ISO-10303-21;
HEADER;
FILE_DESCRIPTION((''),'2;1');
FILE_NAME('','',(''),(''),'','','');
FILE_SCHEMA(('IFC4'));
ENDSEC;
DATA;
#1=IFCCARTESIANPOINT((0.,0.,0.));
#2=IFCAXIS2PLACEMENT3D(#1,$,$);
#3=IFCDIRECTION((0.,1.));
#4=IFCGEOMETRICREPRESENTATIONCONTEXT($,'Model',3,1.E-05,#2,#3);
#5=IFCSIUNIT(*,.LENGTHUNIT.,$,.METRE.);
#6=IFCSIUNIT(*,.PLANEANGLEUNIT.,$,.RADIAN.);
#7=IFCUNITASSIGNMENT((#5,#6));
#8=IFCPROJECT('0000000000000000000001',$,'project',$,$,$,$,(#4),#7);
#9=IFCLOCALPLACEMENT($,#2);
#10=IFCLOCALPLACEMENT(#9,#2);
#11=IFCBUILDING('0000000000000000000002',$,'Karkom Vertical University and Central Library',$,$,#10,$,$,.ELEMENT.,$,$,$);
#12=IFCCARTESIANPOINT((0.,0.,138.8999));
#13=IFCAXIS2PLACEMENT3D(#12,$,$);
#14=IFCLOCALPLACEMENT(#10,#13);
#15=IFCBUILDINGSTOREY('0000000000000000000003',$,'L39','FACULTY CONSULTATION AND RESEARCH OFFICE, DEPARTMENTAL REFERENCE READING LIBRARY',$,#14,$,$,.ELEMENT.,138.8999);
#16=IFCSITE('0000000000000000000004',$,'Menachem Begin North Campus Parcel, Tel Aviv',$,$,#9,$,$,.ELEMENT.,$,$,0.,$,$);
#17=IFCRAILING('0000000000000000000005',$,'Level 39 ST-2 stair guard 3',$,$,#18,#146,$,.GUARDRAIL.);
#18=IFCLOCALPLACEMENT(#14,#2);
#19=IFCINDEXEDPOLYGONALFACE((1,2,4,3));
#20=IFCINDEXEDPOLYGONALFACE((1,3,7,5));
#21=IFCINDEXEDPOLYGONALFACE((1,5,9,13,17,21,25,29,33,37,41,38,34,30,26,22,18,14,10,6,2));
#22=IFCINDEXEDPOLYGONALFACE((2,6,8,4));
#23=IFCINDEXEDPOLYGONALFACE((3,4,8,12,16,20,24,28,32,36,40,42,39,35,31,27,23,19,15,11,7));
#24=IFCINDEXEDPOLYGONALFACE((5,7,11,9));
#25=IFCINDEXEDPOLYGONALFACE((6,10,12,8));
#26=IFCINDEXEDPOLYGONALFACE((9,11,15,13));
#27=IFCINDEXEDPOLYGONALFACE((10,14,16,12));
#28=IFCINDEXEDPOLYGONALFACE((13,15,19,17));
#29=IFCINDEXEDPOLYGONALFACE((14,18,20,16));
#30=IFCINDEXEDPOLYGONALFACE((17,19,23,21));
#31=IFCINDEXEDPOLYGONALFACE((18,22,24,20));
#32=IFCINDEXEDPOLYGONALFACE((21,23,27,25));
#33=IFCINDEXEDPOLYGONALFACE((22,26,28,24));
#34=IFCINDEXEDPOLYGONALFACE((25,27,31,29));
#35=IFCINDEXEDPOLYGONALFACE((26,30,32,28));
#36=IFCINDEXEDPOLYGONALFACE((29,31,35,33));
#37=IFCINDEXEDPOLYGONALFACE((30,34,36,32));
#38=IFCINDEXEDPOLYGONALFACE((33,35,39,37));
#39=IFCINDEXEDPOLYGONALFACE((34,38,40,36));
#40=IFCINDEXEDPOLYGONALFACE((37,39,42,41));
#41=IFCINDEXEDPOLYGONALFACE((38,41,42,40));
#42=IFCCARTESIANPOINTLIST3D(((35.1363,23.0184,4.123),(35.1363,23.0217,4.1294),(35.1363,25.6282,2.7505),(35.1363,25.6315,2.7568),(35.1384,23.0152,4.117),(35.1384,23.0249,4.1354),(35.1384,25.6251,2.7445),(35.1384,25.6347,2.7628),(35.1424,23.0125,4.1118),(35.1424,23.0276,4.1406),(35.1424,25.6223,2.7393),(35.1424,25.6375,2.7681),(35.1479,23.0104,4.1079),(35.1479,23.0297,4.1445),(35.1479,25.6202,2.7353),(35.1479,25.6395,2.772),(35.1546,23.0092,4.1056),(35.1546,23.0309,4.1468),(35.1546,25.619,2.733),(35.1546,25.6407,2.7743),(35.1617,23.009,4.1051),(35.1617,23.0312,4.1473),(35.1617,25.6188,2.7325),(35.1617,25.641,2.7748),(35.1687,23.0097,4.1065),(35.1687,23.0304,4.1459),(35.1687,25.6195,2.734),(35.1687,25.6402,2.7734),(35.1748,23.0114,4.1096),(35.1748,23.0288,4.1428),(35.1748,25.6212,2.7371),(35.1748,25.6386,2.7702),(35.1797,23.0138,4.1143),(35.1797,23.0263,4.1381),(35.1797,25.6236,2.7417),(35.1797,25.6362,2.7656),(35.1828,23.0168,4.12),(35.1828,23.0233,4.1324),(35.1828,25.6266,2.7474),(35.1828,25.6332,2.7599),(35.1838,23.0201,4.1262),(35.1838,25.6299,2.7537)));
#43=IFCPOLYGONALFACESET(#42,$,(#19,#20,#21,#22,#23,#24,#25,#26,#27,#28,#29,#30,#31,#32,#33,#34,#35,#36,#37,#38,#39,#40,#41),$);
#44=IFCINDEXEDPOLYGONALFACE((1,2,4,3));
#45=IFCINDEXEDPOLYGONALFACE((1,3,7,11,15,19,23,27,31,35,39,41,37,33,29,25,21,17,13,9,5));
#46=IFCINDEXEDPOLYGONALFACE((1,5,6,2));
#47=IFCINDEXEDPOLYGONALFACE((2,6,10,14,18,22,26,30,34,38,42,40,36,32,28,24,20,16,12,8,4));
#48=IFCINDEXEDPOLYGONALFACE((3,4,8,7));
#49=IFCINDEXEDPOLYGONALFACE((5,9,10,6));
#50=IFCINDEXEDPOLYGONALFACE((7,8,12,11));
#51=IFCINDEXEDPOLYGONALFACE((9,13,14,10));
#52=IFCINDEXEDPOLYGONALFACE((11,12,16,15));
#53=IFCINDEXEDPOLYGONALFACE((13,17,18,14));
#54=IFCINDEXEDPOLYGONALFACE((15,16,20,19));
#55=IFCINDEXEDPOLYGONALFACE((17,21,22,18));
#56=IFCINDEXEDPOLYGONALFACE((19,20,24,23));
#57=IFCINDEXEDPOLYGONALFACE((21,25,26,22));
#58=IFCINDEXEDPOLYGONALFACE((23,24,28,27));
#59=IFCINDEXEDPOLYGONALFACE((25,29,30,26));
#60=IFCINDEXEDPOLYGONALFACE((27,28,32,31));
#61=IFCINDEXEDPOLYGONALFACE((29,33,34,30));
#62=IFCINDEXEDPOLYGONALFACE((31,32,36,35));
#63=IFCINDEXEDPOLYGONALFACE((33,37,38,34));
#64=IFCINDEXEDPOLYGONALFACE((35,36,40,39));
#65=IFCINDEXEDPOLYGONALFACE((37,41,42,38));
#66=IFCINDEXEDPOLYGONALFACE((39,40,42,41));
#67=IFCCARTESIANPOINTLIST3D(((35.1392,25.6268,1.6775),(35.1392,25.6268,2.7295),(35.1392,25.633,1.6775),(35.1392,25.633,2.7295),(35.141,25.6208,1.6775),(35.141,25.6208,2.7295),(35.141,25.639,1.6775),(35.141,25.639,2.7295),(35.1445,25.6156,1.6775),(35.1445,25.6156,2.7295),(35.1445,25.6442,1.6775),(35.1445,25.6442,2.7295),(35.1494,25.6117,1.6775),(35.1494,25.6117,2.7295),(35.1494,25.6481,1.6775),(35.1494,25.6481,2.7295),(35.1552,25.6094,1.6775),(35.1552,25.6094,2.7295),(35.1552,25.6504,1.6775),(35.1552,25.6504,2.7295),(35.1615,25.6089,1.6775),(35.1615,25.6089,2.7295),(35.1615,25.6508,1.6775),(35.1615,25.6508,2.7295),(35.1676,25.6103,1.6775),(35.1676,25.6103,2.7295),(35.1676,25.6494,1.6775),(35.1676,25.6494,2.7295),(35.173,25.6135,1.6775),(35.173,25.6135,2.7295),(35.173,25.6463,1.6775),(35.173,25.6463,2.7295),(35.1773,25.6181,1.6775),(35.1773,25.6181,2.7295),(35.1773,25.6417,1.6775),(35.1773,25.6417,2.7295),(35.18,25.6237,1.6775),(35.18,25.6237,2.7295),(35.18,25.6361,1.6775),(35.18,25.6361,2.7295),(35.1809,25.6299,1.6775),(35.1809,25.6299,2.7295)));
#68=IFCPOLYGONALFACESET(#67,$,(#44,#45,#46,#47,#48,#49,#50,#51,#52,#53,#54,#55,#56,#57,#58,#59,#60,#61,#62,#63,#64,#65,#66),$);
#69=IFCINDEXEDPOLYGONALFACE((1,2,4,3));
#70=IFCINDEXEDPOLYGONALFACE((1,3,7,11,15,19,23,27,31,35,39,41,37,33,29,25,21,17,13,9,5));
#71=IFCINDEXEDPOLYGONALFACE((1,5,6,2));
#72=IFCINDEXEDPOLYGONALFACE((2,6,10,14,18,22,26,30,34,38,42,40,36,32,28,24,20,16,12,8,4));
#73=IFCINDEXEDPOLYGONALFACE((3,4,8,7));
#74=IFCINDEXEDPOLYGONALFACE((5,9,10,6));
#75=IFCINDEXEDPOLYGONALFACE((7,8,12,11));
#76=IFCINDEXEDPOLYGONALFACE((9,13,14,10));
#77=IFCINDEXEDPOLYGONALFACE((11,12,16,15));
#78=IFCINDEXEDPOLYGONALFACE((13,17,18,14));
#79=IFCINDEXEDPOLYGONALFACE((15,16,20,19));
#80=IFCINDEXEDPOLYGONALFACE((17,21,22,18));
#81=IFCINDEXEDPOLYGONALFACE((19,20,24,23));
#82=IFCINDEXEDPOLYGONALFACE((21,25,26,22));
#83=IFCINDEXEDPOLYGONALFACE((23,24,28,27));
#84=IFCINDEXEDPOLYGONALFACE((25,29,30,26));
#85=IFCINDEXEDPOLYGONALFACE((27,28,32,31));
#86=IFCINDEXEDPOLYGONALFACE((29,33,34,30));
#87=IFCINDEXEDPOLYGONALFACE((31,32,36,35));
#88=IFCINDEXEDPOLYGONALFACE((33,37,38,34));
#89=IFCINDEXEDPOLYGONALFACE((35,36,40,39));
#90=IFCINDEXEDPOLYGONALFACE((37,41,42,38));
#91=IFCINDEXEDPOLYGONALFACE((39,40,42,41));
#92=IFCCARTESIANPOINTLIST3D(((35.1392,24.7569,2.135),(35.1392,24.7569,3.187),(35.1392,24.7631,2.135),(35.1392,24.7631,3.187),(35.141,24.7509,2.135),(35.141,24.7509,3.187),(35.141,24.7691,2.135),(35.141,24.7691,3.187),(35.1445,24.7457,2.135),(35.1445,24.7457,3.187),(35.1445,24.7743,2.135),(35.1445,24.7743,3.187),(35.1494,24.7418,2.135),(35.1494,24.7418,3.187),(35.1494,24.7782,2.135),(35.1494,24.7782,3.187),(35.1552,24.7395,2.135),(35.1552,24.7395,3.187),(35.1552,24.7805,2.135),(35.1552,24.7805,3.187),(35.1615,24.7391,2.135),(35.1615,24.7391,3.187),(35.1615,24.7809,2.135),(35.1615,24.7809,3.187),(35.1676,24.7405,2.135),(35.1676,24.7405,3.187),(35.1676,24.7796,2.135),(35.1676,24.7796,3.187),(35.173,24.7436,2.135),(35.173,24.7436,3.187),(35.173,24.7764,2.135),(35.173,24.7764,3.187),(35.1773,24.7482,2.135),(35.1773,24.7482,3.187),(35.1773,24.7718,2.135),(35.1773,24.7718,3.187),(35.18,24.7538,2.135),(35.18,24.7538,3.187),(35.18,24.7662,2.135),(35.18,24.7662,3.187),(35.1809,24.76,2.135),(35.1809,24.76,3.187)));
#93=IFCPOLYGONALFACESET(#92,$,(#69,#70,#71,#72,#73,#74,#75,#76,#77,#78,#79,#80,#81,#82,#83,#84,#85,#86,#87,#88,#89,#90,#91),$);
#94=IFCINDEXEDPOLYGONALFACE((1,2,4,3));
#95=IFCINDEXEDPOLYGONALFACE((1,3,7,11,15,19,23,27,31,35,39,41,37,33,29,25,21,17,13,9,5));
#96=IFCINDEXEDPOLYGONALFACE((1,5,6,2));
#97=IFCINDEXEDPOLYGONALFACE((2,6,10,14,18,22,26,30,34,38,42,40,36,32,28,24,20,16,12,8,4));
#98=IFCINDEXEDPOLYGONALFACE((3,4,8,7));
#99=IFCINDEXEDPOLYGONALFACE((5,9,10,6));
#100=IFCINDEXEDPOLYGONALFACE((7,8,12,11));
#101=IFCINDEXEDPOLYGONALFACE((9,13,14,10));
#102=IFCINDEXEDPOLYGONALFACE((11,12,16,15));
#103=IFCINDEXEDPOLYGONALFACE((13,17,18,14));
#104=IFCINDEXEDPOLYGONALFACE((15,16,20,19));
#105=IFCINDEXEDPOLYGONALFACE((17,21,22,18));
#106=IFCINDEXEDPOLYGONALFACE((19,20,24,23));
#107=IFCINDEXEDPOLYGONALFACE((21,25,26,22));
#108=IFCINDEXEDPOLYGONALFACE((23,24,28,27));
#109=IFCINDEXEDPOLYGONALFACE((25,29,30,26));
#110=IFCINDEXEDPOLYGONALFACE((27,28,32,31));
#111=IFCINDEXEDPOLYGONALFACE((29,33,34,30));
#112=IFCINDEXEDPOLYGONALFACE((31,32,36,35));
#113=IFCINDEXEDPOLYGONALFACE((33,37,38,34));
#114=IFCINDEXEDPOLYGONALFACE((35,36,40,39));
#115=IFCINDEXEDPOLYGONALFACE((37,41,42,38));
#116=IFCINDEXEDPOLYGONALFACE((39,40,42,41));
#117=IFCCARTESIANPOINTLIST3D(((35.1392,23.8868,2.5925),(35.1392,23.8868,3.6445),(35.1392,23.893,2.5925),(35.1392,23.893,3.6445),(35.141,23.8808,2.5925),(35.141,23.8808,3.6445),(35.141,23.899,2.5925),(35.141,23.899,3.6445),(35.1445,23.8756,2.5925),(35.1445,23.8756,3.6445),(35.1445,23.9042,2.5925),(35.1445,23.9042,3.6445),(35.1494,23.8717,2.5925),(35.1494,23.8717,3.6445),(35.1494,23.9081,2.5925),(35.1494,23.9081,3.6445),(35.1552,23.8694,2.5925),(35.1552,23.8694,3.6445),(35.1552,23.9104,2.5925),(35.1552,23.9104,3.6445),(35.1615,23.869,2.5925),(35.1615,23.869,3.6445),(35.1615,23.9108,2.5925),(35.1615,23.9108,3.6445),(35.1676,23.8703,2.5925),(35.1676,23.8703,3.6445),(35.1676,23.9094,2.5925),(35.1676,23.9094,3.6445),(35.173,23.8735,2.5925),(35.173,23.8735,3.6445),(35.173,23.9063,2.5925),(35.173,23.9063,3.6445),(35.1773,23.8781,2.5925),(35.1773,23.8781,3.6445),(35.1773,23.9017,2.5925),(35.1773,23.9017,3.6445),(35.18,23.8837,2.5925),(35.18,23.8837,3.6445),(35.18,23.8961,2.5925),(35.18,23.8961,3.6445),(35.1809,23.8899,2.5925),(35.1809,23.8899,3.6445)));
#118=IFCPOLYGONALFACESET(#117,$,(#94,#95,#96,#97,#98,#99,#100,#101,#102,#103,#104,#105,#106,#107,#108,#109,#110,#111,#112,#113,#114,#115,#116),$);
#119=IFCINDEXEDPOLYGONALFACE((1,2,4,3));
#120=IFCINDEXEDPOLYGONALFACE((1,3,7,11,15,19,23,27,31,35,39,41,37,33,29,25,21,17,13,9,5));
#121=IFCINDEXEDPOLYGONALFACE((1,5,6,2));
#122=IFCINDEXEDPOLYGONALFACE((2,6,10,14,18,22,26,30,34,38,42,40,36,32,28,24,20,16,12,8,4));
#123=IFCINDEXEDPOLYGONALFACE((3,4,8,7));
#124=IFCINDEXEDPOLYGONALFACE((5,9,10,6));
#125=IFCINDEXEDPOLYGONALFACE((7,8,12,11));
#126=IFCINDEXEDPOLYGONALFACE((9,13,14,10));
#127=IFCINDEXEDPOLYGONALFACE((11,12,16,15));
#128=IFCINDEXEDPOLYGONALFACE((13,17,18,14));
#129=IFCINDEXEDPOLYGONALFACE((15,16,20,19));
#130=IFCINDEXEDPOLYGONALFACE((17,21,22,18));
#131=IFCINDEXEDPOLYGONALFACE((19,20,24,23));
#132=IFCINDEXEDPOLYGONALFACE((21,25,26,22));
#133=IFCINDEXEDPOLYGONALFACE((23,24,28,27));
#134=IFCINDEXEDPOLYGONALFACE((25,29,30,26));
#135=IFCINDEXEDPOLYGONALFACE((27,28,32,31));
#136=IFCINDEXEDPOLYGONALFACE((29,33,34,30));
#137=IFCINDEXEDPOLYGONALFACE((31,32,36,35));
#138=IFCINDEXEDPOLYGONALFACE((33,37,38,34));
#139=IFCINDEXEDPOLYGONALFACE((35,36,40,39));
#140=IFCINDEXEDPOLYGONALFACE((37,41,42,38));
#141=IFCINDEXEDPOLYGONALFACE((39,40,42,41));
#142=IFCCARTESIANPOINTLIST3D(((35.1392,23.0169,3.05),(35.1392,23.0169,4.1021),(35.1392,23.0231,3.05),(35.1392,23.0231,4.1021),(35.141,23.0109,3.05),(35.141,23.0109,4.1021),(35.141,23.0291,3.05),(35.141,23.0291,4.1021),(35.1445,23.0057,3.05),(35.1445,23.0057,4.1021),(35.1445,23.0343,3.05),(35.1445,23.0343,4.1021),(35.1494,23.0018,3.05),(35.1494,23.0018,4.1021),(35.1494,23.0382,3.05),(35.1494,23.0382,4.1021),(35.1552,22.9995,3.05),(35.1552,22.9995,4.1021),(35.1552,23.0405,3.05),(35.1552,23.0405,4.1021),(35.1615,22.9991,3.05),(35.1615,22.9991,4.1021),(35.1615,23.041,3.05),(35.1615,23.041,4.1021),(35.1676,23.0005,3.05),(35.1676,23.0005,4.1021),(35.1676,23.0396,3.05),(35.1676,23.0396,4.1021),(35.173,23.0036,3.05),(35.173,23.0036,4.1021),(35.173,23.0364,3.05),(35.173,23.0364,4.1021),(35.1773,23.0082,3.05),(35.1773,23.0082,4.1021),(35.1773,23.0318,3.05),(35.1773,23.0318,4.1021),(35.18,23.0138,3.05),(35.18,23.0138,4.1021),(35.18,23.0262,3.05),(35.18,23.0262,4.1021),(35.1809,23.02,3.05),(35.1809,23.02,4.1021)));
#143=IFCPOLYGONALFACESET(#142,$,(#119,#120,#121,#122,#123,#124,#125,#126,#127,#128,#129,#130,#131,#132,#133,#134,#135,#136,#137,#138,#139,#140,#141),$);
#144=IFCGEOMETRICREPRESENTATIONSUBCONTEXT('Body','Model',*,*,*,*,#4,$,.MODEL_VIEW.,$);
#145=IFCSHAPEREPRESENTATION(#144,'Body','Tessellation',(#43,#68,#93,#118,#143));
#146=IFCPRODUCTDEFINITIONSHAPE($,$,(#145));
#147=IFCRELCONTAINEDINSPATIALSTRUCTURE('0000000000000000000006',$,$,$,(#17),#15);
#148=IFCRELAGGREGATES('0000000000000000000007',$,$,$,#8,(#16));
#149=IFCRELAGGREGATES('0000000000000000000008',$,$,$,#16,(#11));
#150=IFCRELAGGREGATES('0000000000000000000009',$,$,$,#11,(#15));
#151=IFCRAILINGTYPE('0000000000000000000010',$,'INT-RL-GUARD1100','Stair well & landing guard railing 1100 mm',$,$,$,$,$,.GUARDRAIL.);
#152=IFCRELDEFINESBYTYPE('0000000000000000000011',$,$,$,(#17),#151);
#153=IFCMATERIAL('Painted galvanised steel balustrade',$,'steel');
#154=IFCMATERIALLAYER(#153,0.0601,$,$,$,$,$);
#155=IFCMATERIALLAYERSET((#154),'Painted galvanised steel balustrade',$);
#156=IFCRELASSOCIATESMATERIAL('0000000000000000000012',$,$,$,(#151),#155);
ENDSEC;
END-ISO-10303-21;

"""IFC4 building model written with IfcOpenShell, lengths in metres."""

from ifc_helpers import new_model, si_unit, direction, frame, origin, origin_2d, place, context, subcontext, project, spatial, circle, extrude, material, layer, layer_set, type_object, element, save


model = new_model("IFC4")

# Units and contexts
model_context = context("Model", 3, precision=1e-05, world=origin(), true_north=direction((0.0, 1.0)))
body_context = subcontext(model_context, "Body", "Model", "MODEL_VIEW")
ifc_project = project(units=[si_unit("LENGTHUNIT", "METRE"), si_unit("PLANEANGLEUNIT", "RADIAN")], contexts=[model_context])

# Site, building, storey
site_placement = place(None, origin())
site = spatial("IfcSite", under=ifc_project, at=site_placement, Name="Menachem Begin North Campus Parcel, Tel Aviv", CompositionType="ELEMENT", RefElevation=0.0)
building_placement = place(site_placement, origin())
building = spatial("IfcBuilding", under=site, at=building_placement, Name="Karkom Vertical University and Central Library", CompositionType="ELEMENT")
storey_placement = place(building_placement, frame((0.0, 0.0, 138.8999)))
storey = spatial("IfcBuildingStorey", under=building, at=storey_placement, Name="L39", Description="FACULTY CONSULTATION AND RESEARCH OFFICE, DEPARTMENTAL REFERENCE READING LIBRARY", CompositionType="ELEMENT", Elevation=138.8999)

# Railing
ifc_material_1 = material(Name="Painted galvanised steel balustrade", Category="steel")
ifc_layer_1 = layer(ifc_material_1, 0.0601)
ifc_layer_set_1 = layer_set([ifc_layer_1], Name="Painted galvanised steel balustrade")
railing_type_1 = type_object("IfcRailingType", Name="INT-RL-GUARD1100", Description="Stair well & landing guard railing 1100 mm", PredefinedType="GUARDRAIL", material=ifc_layer_set_1)
railing_1_placement = place(storey_placement, frame((35.1599, 25.6299, 1.6775)))
element("IfcRailing", 1, at=railing_1_placement, inside=storey, type_object=railing_type_1, Name="Level 39 ST-2 stair guard 3", PredefinedType="GUARDRAIL", context=body_context, shape_type="SweptSolid", body=[
    extrude(circle(Radius=0.0239, at=origin_2d()), frame((0.0, 0.0, 1.0762), z_axis=(0.0, -0.885065, 0.465467), x_axis=(1.0, 0.0, 0.0)), (0.0, 0.0, 1.0), 2.9487),
    extrude(circle(Radius=0.021, at=origin_2d()), origin(), (0.0, 0.0, 1.0), 1.052),
    extrude(circle(Radius=0.021, at=origin_2d()), frame((0.0, -0.8699, 0.4575)), (0.0, 0.0, 1.0), 1.052),
    extrude(circle(Radius=0.021, at=origin_2d()), frame((0.0, -1.74, 0.915)), (0.0, 0.0, 1.0), 1.052),
    extrude(circle(Radius=0.021, at=origin_2d()), frame((0.0, -2.6099, 1.3726)), (0.0, 0.0, 1.0), 1.052),
])

save(model, "model.ifc")
